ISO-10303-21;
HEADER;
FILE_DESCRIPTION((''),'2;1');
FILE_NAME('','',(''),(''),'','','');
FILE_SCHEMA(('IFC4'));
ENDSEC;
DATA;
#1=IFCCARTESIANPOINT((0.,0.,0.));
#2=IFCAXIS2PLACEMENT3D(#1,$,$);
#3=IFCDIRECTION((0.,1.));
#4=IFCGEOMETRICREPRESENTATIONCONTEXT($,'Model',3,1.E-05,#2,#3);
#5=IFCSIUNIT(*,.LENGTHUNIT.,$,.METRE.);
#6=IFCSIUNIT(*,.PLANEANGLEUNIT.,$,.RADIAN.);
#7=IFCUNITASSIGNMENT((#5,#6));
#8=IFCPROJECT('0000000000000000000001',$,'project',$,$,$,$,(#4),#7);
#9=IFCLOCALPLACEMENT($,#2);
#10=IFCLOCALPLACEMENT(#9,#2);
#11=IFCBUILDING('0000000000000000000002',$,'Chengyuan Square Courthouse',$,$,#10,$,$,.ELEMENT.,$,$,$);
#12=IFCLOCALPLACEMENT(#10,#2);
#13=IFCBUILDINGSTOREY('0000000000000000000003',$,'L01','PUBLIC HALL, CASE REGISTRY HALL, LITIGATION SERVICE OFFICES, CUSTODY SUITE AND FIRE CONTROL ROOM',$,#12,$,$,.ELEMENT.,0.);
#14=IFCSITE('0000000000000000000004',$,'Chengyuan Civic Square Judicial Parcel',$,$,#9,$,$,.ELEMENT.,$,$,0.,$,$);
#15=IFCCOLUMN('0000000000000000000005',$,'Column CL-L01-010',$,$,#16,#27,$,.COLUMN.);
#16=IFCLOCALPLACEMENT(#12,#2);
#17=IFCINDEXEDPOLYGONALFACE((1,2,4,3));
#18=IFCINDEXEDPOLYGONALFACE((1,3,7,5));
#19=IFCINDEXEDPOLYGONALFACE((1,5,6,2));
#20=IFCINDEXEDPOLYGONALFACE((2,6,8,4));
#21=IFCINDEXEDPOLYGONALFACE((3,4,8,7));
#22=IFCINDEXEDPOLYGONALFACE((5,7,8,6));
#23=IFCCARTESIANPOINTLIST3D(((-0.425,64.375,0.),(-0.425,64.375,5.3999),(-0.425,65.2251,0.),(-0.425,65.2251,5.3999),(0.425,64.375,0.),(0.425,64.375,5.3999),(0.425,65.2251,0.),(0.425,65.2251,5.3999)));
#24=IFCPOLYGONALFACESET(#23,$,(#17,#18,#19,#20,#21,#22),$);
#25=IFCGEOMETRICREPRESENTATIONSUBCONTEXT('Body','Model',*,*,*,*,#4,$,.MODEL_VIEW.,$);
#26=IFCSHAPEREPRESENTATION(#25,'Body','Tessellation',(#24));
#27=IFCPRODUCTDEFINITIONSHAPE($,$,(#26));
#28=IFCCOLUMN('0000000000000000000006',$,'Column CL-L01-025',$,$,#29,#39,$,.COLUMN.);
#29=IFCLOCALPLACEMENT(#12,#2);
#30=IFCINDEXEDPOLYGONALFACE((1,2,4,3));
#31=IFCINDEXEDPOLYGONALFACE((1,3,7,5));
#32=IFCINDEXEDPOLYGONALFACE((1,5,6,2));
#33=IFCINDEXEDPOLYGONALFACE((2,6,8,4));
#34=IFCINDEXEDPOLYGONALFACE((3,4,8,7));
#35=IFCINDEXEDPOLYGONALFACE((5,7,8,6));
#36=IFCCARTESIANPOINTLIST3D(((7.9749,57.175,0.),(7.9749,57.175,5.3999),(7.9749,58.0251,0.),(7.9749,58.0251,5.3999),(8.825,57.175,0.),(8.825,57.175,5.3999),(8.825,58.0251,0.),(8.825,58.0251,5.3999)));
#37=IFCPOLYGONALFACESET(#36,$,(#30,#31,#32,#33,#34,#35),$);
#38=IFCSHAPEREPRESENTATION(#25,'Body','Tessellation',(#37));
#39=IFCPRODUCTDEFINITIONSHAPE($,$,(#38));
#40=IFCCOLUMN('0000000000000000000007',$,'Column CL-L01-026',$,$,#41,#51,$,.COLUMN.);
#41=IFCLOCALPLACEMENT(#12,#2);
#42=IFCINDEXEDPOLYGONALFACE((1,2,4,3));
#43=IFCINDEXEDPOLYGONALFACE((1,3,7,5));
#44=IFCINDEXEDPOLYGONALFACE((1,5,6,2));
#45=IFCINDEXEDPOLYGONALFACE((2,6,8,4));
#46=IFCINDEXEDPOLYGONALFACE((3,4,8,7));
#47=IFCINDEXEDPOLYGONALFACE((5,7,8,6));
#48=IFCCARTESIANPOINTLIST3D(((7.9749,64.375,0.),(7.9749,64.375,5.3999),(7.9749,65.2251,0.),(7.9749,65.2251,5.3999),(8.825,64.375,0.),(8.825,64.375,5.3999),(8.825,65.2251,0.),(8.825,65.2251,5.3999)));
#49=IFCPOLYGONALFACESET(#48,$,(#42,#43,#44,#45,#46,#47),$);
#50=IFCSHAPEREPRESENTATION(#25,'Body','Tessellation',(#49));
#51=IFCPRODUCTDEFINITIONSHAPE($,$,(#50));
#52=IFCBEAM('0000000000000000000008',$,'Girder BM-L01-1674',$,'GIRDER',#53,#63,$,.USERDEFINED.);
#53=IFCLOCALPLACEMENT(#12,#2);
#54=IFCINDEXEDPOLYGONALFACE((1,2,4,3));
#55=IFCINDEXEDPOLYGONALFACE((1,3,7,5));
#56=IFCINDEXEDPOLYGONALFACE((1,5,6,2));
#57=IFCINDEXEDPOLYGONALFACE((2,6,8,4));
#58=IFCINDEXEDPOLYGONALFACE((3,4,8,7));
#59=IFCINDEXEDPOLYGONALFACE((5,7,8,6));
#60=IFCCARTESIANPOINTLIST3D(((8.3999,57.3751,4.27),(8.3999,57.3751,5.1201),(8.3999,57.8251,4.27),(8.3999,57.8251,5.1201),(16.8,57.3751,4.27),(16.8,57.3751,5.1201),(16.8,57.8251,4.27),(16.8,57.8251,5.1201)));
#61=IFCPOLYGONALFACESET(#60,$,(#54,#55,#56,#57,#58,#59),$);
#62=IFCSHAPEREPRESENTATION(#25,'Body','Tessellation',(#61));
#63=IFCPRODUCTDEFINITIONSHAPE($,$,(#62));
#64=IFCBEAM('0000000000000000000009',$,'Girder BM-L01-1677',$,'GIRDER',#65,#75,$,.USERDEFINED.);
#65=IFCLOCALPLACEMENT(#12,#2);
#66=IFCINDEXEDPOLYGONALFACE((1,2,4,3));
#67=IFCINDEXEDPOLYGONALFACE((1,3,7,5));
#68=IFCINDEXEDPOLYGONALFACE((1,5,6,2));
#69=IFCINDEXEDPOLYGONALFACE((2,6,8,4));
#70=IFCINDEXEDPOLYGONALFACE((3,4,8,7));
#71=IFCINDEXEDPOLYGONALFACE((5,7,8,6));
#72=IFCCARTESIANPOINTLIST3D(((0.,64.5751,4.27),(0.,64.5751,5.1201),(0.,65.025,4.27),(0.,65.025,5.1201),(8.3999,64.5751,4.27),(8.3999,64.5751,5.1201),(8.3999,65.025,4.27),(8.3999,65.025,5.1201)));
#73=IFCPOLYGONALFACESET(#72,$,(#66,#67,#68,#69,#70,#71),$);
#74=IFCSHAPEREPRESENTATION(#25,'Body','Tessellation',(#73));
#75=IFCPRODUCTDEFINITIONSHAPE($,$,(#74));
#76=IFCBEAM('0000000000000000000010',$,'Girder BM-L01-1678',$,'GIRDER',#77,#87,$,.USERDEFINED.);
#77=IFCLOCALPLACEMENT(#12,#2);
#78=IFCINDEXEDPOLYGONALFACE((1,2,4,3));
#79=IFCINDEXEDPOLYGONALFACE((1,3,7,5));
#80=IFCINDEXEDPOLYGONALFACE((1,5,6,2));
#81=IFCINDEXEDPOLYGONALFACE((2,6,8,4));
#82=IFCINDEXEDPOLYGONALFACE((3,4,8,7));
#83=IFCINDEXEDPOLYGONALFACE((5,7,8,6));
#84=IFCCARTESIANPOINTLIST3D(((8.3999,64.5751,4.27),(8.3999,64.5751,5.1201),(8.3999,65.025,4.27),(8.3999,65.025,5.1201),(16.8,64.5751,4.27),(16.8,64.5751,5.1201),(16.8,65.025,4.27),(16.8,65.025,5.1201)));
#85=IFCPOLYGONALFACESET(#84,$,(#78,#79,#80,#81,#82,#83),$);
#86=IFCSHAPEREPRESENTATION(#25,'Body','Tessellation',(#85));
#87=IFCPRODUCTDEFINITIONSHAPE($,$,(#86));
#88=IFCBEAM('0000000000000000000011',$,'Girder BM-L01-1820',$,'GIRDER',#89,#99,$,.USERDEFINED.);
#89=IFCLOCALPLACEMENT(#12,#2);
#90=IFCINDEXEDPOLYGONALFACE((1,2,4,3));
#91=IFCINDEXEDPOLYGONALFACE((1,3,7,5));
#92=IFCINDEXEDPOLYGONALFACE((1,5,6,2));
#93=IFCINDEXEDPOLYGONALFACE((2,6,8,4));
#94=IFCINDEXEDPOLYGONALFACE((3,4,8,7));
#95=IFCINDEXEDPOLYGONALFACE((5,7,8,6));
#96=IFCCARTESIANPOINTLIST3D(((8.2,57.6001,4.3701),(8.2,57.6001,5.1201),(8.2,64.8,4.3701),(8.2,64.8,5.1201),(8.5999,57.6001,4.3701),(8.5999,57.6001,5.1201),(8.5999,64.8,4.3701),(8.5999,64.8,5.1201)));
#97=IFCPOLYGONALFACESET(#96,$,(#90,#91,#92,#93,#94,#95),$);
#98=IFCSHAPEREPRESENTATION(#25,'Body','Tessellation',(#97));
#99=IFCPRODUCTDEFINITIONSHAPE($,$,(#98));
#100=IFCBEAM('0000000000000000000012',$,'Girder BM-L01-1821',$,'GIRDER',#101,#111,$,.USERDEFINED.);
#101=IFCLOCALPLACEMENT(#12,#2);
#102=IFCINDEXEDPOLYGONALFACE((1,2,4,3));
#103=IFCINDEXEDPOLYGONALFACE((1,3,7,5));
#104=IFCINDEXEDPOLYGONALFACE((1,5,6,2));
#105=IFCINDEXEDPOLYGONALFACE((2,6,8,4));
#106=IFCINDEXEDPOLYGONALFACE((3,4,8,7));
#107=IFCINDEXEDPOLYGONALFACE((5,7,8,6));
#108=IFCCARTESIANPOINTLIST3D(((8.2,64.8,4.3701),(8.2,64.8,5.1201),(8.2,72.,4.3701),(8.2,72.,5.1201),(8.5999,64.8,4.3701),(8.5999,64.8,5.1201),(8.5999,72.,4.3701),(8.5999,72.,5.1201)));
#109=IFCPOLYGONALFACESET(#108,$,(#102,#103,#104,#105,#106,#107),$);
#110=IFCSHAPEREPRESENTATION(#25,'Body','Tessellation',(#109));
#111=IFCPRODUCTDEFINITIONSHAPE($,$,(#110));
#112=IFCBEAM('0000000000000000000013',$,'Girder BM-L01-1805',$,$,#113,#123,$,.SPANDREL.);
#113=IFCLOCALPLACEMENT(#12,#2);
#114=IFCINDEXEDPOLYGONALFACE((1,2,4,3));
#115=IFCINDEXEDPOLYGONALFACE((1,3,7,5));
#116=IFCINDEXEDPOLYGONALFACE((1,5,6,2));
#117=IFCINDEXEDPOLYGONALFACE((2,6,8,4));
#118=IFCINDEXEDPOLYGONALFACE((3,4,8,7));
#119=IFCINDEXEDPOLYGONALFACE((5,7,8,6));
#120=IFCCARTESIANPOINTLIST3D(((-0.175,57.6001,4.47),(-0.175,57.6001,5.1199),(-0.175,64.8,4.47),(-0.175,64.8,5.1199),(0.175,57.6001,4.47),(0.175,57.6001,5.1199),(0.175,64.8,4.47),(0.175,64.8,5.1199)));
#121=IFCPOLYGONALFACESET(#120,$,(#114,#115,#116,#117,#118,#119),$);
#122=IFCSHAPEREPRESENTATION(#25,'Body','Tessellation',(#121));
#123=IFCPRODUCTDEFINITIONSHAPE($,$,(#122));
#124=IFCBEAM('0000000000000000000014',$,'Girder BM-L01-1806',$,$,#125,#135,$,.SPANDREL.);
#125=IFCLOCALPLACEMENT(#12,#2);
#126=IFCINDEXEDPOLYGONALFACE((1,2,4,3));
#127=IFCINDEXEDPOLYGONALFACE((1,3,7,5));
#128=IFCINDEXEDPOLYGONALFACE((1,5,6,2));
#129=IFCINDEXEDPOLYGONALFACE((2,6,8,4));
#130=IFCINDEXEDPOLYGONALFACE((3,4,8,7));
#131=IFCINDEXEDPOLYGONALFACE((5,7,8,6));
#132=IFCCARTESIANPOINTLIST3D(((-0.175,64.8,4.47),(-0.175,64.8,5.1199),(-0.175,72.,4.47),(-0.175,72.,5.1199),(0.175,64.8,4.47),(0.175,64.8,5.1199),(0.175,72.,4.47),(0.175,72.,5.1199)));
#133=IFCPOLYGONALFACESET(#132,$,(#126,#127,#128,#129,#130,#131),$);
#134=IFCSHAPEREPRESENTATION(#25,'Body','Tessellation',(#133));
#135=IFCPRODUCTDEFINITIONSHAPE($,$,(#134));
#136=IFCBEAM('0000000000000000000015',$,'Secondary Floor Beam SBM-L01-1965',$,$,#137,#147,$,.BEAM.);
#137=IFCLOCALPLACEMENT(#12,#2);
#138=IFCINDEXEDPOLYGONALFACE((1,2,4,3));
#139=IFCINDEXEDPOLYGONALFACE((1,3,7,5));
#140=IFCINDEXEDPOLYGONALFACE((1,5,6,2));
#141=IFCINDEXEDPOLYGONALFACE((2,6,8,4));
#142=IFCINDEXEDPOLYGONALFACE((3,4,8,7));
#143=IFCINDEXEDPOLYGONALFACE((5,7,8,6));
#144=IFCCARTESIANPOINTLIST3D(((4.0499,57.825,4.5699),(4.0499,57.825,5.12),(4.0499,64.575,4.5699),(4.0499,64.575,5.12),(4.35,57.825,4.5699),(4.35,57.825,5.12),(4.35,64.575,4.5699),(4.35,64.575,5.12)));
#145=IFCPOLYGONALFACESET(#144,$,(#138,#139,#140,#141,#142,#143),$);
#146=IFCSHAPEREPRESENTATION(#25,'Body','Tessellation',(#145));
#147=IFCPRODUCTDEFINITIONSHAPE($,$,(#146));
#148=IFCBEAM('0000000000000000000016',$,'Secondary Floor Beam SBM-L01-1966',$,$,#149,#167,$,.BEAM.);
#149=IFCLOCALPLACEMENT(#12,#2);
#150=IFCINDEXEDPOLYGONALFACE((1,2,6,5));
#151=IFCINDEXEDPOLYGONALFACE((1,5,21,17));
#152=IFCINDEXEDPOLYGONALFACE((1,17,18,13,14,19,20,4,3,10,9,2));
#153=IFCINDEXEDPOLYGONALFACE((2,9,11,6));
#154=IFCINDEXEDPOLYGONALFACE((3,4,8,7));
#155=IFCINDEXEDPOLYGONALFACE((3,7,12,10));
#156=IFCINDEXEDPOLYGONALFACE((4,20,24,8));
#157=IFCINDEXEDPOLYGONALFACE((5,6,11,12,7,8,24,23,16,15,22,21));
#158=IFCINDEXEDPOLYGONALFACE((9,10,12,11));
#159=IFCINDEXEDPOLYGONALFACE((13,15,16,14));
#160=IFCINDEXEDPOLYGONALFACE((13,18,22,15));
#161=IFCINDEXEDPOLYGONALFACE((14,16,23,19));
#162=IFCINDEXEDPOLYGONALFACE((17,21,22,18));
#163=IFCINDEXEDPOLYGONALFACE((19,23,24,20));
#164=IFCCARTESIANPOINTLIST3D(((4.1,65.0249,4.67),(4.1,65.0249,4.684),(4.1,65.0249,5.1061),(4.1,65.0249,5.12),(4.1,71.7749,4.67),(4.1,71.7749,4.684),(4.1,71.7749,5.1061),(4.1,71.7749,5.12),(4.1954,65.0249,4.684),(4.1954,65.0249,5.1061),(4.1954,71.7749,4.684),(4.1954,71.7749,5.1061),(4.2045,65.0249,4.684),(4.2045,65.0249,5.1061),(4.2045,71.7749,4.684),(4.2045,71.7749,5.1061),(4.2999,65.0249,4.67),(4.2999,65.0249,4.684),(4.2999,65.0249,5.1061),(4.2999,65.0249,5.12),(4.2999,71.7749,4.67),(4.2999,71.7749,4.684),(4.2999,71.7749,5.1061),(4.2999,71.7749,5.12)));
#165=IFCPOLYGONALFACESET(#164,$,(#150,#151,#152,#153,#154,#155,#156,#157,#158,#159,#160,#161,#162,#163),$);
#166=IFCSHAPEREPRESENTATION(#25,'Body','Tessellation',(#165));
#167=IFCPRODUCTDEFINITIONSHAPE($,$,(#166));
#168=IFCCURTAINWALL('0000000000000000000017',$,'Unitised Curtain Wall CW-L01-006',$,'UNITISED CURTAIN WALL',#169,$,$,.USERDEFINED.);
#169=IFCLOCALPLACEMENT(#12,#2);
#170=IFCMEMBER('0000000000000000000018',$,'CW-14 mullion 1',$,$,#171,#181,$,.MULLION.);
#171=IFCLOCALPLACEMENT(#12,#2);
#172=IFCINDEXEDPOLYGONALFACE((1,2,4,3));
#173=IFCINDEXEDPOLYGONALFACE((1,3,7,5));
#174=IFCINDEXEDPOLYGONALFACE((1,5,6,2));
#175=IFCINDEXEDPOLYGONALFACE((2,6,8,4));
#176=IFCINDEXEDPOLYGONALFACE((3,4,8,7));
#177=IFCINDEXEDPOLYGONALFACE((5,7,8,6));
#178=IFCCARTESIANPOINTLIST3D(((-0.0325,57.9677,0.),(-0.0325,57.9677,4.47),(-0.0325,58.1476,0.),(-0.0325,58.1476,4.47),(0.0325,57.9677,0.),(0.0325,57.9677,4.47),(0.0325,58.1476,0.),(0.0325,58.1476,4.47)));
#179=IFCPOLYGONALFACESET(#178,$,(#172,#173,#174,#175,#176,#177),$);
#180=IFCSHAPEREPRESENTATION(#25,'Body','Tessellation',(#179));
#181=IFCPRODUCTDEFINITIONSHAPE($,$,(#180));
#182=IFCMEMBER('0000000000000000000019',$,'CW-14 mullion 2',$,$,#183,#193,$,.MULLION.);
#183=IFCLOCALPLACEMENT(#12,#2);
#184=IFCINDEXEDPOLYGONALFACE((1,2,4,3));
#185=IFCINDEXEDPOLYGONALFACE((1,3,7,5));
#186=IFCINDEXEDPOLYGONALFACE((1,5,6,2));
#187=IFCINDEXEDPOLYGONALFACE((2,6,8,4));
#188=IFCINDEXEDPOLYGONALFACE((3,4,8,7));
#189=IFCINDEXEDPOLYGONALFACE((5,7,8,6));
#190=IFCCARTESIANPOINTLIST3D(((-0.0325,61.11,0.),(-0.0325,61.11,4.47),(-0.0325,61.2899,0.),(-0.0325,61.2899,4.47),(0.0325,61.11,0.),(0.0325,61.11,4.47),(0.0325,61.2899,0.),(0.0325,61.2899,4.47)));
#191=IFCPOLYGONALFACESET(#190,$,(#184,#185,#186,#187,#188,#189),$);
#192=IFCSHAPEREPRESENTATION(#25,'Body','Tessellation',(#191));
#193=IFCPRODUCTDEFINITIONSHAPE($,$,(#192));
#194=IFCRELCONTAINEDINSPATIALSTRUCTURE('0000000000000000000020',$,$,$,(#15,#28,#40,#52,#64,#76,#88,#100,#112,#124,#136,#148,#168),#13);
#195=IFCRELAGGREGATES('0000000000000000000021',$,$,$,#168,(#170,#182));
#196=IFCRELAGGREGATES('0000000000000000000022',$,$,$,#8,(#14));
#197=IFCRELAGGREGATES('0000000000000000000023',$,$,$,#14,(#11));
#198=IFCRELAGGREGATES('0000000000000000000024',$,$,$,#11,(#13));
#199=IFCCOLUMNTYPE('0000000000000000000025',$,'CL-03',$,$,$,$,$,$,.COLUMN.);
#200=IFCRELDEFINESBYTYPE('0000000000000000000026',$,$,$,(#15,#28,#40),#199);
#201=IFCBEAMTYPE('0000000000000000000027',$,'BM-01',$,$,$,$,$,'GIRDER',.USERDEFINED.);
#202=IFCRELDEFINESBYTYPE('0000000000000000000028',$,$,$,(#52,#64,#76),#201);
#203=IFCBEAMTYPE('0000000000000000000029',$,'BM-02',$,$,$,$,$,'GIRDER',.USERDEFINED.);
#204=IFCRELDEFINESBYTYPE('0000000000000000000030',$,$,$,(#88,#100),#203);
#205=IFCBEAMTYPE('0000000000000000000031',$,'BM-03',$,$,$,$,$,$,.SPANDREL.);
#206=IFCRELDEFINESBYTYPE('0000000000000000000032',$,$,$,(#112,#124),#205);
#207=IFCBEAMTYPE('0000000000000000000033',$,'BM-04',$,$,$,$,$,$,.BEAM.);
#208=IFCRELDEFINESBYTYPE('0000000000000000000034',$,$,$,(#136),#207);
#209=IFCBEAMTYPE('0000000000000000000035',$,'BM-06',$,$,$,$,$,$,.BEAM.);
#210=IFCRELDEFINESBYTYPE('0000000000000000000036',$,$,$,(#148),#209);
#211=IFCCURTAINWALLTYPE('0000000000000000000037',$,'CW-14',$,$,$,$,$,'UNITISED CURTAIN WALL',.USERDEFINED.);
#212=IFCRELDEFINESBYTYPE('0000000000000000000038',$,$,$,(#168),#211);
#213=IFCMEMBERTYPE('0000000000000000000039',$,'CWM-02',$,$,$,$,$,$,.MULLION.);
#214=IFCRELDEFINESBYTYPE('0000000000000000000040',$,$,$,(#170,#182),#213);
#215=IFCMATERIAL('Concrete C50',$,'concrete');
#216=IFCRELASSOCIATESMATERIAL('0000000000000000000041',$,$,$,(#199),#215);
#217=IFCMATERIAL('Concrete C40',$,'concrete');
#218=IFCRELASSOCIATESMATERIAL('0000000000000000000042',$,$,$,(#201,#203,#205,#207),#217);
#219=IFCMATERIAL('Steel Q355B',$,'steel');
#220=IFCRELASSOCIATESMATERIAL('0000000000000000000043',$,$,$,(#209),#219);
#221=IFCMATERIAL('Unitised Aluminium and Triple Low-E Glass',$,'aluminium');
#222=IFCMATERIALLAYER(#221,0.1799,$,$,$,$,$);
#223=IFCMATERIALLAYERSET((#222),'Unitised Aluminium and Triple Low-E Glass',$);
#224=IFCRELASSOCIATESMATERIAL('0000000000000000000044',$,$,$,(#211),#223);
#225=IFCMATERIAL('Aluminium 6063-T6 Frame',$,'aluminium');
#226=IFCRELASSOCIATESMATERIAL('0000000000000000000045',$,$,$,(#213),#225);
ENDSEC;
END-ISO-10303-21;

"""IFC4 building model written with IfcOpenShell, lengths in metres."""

from ifc_helpers import new_model, si_unit, direction, frame, origin, origin_2d, place, context, subcontext, project, spatial, rectangle, i_section, extrude, material, layer, layer_set, material_profile, profile_set, type_object, element, aggregate, save


model = new_model("IFC4")

# Units and contexts
model_context = context("Model", 3, precision=1e-05, world=origin(), true_north=direction((0.0, 1.0)))
body_context = subcontext(model_context, "Body", "Model", "MODEL_VIEW")
ifc_project = project(units=[si_unit("LENGTHUNIT", "METRE"), si_unit("PLANEANGLEUNIT", "RADIAN")], contexts=[model_context])

# Site, building, storey
site_placement = place(None, origin())
site = spatial("IfcSite", under=ifc_project, at=site_placement, Name="Chengyuan Civic Square Judicial Parcel", CompositionType="ELEMENT", RefElevation=0.0)
building_placement = place(site_placement, origin())
building = spatial("IfcBuilding", under=site, at=building_placement, Name="Chengyuan Square Courthouse", CompositionType="ELEMENT")
storey_placement = place(building_placement, origin())
storey = spatial("IfcBuildingStorey", under=building, at=storey_placement, Name="L01", Description="PUBLIC HALL, CASE REGISTRY HALL, LITIGATION SERVICE OFFICES, CUSTODY SUITE AND FIRE CONTROL ROOM", CompositionType="ELEMENT", Elevation=0.0)

# Columns
ifc_material_1 = material(Name="Concrete C50", Category="concrete")
ifc_material_profile_1 = material_profile(ifc_material_1, rectangle(XDim=0.8501, YDim=0.8501, at=origin_2d()), Name="RC-COL-850x850")
ifc_profile_set_1 = profile_set([ifc_material_profile_1], Name="Concrete C50")
column_type = type_object("IfcColumnType", Name="CL-03", PredefinedType="COLUMN", material=ifc_profile_set_1)
for number, where, z_axis, x_axis, name in (
    (1, (0.0, 64.8, 0.0), (0.0, 0.0, 1.0), (1.0, 0.0, 0.0), "Column CL-L01-010"),
    (2, (8.3999, 57.6001, 0.0), (0.0, 0.0, 1.0), (1.0, 0.0, 0.0), "Column CL-L01-025"),
    (3, (8.3999, 64.8, 0.0), (0.0, 0.0, 1.0), (1.0, 0.0, 0.0), "Column CL-L01-026"),
):
    element("IfcColumn", number, at=place(storey_placement, frame(where, z_axis=z_axis, x_axis=x_axis)), inside=storey, type_object=column_type, Name=name, PredefinedType="COLUMN", context=body_context, shape_type="SweptSolid", body=[
        extrude(rectangle(XDim=0.8501, YDim=0.8501, at=origin_2d()), origin(), (0.0, 0.0, 1.0), 5.3999),
    ])

# Beams
ifc_material_2 = material(Name="Concrete C40", Category="concrete")
ifc_material_profile_2 = material_profile(ifc_material_2, rectangle(XDim=0.45, YDim=0.8501, at=origin_2d()), Name="RC-BM-450x850")
ifc_profile_set_2 = profile_set([ifc_material_profile_2], Name="Concrete C40")
beam_type_1 = type_object("IfcBeamType", Name="BM-01", ElementType="GIRDER", PredefinedType="USERDEFINED", material=ifc_profile_set_2)
beam_1_placement = place(storey_placement, frame((8.3999, 57.6001, 4.6951), z_axis=(1.0, 0.0, 0.0), x_axis=(0.0, 1.0, 0.0)))
element("IfcBeam", 4, at=beam_1_placement, inside=storey, type_object=beam_type_1, Name="Girder BM-L01-1674", ObjectType="GIRDER", PredefinedType="USERDEFINED", context=body_context, shape_type="SweptSolid", body=[
    extrude(rectangle(XDim=0.45, YDim=0.8501, at=origin_2d()), origin(), (0.0, 0.0, 1.0), 8.4001),
])
beam_2_placement = place(storey_placement, frame((0.0, 64.8, 4.6951), z_axis=(1.0, 0.0, 0.0), x_axis=(0.0, 1.0, 0.0)))
element("IfcBeam", 5, at=beam_2_placement, inside=storey, type_object=beam_type_1, Name="Girder BM-L01-1677", ObjectType="GIRDER", PredefinedType="USERDEFINED", context=body_context, shape_type="SweptSolid", body=[
    extrude(rectangle(XDim=0.45, YDim=0.8501, at=origin_2d()), origin(), (0.0, 0.0, 1.0), 8.3999),
])
beam_3_placement = place(storey_placement, frame((8.3999, 64.8, 4.6951), z_axis=(1.0, 0.0, 0.0), x_axis=(0.0, 1.0, 0.0)))
element("IfcBeam", 6, at=beam_3_placement, inside=storey, type_object=beam_type_1, Name="Girder BM-L01-1678", ObjectType="GIRDER", PredefinedType="USERDEFINED", context=body_context, shape_type="SweptSolid", body=[
    extrude(rectangle(XDim=0.45, YDim=0.8501, at=origin_2d()), origin(), (0.0, 0.0, 1.0), 8.4001),
])
ifc_material_profile_3 = material_profile(ifc_material_2, rectangle(XDim=0.3999, YDim=0.75, at=origin_2d()), Name="RC-BM-400x750")
ifc_profile_set_3 = profile_set([ifc_material_profile_3], Name="Concrete C40")
beam_type_2 = type_object("IfcBeamType", Name="BM-02", ElementType="GIRDER", PredefinedType="USERDEFINED", material=ifc_profile_set_3)
for number, where, z_axis, x_axis, name in (
    (7, (8.3999, 57.6001, 4.7451), (0.0, 1.0, 0.0), (-1.0, 0.0, 0.0), "Girder BM-L01-1820"),
    (8, (8.3999, 64.8, 4.7451), (0.0, 1.0, 0.0), (-1.0, 0.0, 0.0), "Girder BM-L01-1821"),
):
    element("IfcBeam", number, at=place(storey_placement, frame(where, z_axis=z_axis, x_axis=x_axis)), inside=storey, type_object=beam_type_2, Name=name, ObjectType="GIRDER", PredefinedType="USERDEFINED", context=body_context, shape_type="SweptSolid", body=[
        extrude(rectangle(XDim=0.3999, YDim=0.75, at=origin_2d()), origin(), (0.0, 0.0, 1.0), 7.2),
    ])
ifc_material_profile_4 = material_profile(ifc_material_2, rectangle(XDim=0.3501, YDim=0.6499, at=origin_2d()), Name="RC-BM-350x650")
ifc_profile_set_4 = profile_set([ifc_material_profile_4], Name="Concrete C40")
beam_type_3 = type_object("IfcBeamType", Name="BM-03", PredefinedType="SPANDREL", material=ifc_profile_set_4)
for number, where, z_axis, x_axis, name in (
    (9, (0.0, 57.6001, 4.7949), (0.0, 1.0, 0.0), (-1.0, 0.0, 0.0), "Girder BM-L01-1805"),
    (10, (0.0, 64.8, 4.7949), (0.0, 1.0, 0.0), (-1.0, 0.0, 0.0), "Girder BM-L01-1806"),
):
    element("IfcBeam", number, at=place(storey_placement, frame(where, z_axis=z_axis, x_axis=x_axis)), inside=storey, type_object=beam_type_3, Name=name, PredefinedType="SPANDREL", context=body_context, shape_type="SweptSolid", body=[
        extrude(rectangle(XDim=0.3501, YDim=0.6499, at=origin_2d()), origin(), (0.0, 0.0, 1.0), 7.2),
    ])
ifc_material_profile_5 = material_profile(ifc_material_2, rectangle(XDim=0.3, YDim=0.55, at=origin_2d()), Name="RC-BM-300x550")
ifc_profile_set_5 = profile_set([ifc_material_profile_5], Name="Concrete C40")
beam_type_4 = type_object("IfcBeamType", Name="BM-04", PredefinedType="BEAM", material=ifc_profile_set_5)
beam_4_placement = place(storey_placement, frame((4.2, 57.825, 4.845), z_axis=(0.0, 1.0, 0.0), x_axis=(-1.0, 0.0, 0.0)))
element("IfcBeam", 11, at=beam_4_placement, inside=storey, type_object=beam_type_4, Name="Secondary Floor Beam SBM-L01-1965", PredefinedType="BEAM", context=body_context, shape_type="SweptSolid", body=[
    extrude(rectangle(XDim=0.3, YDim=0.55, at=origin_2d()), origin(), (0.0, 0.0, 1.0), 6.75),
])
ifc_material_3 = material(Name="Steel Q355B", Category="steel")
ifc_material_profile_6 = material_profile(ifc_material_3, i_section(OverallWidth=0.2, OverallDepth=0.45, WebThickness=0.009, FlangeThickness=0.0139, at=origin_2d()), Name="HN 450x200x9x14")
ifc_profile_set_6 = profile_set([ifc_material_profile_6], Name="Steel Q355B")
beam_type_5 = type_object("IfcBeamType", Name="BM-06", PredefinedType="BEAM", material=ifc_profile_set_6)
beam_5_placement = place(storey_placement, frame((4.2, 65.0249, 4.895), z_axis=(0.0, 1.0, 0.0), x_axis=(-1.0, 0.0, 0.0)))
element("IfcBeam", 12, at=beam_5_placement, inside=storey, type_object=beam_type_5, Name="Secondary Floor Beam SBM-L01-1966", PredefinedType="BEAM", context=body_context, shape_type="SweptSolid", body=[
    extrude(i_section(OverallWidth=0.2, OverallDepth=0.45, WebThickness=0.009, FlangeThickness=0.0139, at=origin_2d()), origin(), (0.0, 0.0, 1.0), 6.75),
])

# Curtain wall, members
ifc_material_4 = material(Name="Unitised Aluminium and Triple Low-E Glass", Category="aluminium")
ifc_layer_1 = layer(ifc_material_4, 0.1799)
ifc_layer_set_1 = layer_set([ifc_layer_1], Name="Unitised Aluminium and Triple Low-E Glass")
curtain_wall_type = type_object("IfcCurtainWallType", Name="CW-14", ElementType="UNITISED CURTAIN WALL", PredefinedType="USERDEFINED", material=ifc_layer_set_1)
curtain_wall_placement = place(storey_placement, origin())
curtain_wall = element("IfcCurtainWall", 13, at=curtain_wall_placement, inside=storey, type_object=curtain_wall_type, Name="Unitised Curtain Wall CW-L01-006", ObjectType="UNITISED CURTAIN WALL", PredefinedType="USERDEFINED")
ifc_material_5 = material(Name="Aluminium 6063-T6 Frame", Category="aluminium")
ifc_material_profile_7 = material_profile(ifc_material_5, rectangle(XDim=0.0649, YDim=0.1799, at=origin_2d()), Name="CW-MUL-65x180")
ifc_profile_set_7 = profile_set([ifc_material_profile_7], Name="Aluminium 6063-T6 Frame")
member_type_1 = type_object("IfcMemberType", Name="CWM-02", PredefinedType="MULLION", material=ifc_profile_set_7)
member_1_placement = place(storey_placement, frame((0.0, 58.0576, 0.0), z_axis=(0.0, 0.0, 1.0), x_axis=(-1.0, 0.0, 0.0)))
member_1 = element("IfcMember", 14, at=member_1_placement, type_object=member_type_1, Name="CW-14 mullion 1", PredefinedType="MULLION", context=body_context, shape_type="SweptSolid", body=[
    extrude(rectangle(XDim=0.0649, YDim=0.1799, at=origin_2d()), origin(), (0.0, 0.0, 1.0), 4.47),
])
member_2_placement = place(storey_placement, frame((0.0, 61.2, 0.0), z_axis=(0.0, 0.0, 1.0), x_axis=(-1.0, 0.0, 0.0)))
member_2 = element("IfcMember", 15, at=member_2_placement, type_object=member_type_1, Name="CW-14 mullion 2", PredefinedType="MULLION", context=body_context, shape_type="SweptSolid", body=[
    extrude(rectangle(XDim=0.0649, YDim=0.1799, at=origin_2d()), origin(), (0.0, 0.0, 1.0), 4.47),
])
aggregate(curtain_wall, [member_1, member_2])

save(model, "model.ifc")
